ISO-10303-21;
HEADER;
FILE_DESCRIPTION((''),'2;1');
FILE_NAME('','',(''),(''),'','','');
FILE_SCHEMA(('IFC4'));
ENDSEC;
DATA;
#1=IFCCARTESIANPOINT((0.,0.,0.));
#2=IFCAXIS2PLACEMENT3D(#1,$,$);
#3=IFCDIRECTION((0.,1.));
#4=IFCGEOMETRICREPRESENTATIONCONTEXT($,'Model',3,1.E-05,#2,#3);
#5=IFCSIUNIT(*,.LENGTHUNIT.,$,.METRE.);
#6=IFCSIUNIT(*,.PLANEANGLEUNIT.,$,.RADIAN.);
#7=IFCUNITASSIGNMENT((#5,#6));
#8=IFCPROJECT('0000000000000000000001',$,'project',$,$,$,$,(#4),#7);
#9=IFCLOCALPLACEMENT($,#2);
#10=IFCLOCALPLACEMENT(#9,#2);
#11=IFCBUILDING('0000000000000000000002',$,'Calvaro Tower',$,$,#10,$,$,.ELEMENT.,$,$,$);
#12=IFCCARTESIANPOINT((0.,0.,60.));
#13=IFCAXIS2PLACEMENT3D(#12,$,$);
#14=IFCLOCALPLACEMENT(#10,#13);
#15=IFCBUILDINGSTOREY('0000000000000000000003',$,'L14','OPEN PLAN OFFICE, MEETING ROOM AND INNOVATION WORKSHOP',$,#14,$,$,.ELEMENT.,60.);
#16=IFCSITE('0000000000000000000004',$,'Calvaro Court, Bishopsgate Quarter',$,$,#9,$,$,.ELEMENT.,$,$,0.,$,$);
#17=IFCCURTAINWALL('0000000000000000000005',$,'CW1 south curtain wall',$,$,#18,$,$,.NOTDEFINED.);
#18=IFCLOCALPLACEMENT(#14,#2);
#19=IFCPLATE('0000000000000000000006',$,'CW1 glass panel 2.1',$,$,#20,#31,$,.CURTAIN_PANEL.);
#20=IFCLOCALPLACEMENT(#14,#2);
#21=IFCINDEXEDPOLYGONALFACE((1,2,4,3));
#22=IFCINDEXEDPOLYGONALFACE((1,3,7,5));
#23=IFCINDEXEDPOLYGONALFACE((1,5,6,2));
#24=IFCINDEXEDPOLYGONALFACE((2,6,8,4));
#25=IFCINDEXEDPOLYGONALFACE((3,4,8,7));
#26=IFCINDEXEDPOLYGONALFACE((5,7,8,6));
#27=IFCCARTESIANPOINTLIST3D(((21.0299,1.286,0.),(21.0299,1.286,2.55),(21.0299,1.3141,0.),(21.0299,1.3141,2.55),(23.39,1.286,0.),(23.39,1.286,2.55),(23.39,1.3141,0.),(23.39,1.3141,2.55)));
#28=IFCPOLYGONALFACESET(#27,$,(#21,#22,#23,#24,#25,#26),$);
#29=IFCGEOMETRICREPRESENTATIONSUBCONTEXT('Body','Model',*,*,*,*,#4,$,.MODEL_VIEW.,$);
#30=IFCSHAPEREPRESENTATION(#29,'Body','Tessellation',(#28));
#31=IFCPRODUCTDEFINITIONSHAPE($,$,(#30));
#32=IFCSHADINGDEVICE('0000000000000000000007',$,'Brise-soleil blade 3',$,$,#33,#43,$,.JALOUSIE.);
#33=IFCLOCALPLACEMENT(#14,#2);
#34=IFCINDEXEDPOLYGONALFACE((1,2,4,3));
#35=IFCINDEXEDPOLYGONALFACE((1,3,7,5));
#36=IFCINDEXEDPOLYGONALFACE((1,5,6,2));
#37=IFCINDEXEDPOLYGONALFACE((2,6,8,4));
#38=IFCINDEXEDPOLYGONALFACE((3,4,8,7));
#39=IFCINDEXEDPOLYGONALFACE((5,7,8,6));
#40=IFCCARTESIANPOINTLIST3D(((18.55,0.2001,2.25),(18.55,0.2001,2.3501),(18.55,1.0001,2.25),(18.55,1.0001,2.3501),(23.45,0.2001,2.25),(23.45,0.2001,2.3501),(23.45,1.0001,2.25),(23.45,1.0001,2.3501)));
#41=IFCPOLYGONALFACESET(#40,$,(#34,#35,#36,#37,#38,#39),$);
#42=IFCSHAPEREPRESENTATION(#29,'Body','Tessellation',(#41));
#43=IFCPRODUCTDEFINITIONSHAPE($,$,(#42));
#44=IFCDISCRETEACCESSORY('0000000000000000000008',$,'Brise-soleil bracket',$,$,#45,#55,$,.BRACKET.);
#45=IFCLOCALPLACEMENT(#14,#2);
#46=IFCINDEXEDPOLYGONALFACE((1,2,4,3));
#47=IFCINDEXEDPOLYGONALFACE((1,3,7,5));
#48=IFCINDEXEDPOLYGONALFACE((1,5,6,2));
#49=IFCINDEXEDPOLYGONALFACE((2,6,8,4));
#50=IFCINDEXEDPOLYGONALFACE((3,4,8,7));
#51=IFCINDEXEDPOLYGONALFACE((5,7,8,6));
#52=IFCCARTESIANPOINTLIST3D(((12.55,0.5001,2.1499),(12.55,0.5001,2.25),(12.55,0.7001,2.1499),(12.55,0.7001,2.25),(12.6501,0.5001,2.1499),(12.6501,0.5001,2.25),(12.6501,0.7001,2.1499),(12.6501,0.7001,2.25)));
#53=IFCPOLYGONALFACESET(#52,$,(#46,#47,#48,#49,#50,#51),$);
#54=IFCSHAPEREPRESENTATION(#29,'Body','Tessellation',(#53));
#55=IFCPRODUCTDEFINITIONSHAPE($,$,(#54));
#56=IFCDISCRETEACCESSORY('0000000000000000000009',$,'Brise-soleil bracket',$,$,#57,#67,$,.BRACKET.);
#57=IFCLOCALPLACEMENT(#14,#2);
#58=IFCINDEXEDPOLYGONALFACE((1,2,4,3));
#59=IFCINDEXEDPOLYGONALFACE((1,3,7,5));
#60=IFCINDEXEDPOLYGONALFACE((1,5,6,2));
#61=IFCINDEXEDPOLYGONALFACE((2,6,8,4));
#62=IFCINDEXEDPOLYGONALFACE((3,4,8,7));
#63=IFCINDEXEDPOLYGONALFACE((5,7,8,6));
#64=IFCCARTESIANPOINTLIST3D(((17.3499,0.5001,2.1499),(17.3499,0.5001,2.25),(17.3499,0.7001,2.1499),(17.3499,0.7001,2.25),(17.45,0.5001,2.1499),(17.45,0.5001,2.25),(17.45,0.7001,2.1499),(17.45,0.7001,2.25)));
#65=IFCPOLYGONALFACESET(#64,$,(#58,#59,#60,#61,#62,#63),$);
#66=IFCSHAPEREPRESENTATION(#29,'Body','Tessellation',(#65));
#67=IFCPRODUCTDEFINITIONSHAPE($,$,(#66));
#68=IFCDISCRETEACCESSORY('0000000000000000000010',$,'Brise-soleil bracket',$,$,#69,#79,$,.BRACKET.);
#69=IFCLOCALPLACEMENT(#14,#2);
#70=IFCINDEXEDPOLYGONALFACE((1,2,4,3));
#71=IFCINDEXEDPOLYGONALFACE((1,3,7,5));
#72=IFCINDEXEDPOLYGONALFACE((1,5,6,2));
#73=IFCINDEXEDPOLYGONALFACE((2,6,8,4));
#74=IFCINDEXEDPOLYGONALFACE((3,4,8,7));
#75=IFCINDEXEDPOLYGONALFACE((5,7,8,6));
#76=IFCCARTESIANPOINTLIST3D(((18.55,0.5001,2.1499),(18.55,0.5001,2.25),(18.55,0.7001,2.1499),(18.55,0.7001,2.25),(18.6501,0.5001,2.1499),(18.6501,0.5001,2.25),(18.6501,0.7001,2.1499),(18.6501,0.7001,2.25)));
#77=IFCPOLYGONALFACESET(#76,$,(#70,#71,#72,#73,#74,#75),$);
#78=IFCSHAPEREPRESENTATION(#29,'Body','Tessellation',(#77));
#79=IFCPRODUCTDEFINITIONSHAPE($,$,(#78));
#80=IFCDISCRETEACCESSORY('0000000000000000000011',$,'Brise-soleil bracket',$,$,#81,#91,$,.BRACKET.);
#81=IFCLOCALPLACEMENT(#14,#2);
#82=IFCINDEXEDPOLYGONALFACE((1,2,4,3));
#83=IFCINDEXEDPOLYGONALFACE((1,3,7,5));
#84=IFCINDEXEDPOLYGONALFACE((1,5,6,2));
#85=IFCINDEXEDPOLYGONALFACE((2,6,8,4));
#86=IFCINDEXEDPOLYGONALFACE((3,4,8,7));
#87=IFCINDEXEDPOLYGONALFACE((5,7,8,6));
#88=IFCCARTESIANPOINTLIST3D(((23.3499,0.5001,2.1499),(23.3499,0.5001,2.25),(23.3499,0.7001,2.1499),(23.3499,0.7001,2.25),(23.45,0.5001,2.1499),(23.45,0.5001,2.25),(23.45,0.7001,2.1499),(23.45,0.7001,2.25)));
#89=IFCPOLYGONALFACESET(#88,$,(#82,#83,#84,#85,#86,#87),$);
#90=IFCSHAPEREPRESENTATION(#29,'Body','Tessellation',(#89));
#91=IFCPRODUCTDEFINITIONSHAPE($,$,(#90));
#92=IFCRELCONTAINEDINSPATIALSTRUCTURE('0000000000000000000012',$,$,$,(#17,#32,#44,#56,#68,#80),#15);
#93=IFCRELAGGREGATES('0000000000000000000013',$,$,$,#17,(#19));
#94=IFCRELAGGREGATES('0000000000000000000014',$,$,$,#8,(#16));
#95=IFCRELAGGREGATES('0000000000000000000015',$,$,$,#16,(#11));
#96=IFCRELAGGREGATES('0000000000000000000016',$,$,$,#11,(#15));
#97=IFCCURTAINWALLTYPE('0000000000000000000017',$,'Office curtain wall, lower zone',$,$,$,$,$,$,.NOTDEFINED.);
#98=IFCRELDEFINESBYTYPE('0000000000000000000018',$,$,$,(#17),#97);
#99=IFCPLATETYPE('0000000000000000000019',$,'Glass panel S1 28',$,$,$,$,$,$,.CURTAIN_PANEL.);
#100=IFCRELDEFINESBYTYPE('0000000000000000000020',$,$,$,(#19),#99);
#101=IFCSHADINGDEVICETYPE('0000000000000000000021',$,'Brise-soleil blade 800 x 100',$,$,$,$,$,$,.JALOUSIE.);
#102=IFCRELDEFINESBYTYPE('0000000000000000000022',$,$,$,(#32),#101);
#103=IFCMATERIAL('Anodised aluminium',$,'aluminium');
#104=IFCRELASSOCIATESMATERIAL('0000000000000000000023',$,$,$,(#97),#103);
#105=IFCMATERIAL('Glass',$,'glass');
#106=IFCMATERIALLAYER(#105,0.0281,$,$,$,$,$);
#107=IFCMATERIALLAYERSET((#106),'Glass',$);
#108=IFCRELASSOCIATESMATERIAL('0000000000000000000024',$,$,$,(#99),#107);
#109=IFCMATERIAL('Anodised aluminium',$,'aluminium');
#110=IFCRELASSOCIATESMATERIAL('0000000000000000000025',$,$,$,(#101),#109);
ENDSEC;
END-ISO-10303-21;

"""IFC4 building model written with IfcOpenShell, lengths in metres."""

from ifc_helpers import new_model, si_unit, direction, frame, origin, origin_2d, place, context, subcontext, project, spatial, rectangle, extrude, material, layer, layer_set, material_profile, profile_set, type_object, element, aggregate, save


model = new_model("IFC4")

# Units and contexts
model_context = context("Model", 3, precision=1e-05, world=origin(), true_north=direction((0.0, 1.0)))
body_context = subcontext(model_context, "Body", "Model", "MODEL_VIEW")
ifc_project = project(units=[si_unit("LENGTHUNIT", "METRE"), si_unit("PLANEANGLEUNIT", "RADIAN")], contexts=[model_context])

# Site, building, storey
site_placement = place(None, origin())
site = spatial("IfcSite", under=ifc_project, at=site_placement, Name="Calvaro Court, Bishopsgate Quarter", CompositionType="ELEMENT", RefElevation=0.0)
building_placement = place(site_placement, origin())
building = spatial("IfcBuilding", under=site, at=building_placement, Name="Calvaro Tower", CompositionType="ELEMENT")
storey_placement = place(building_placement, frame((0.0, 0.0, 60.0)))
storey = spatial("IfcBuildingStorey", under=building, at=storey_placement, Name="L14", Description="OPEN PLAN OFFICE, MEETING ROOM AND INNOVATION WORKSHOP", CompositionType="ELEMENT", Elevation=60.0)

# Curtain wall
ifc_material_1 = material(Name="Anodised aluminium", Category="aluminium")
curtain_wall_type = type_object("IfcCurtainWallType", Name="Office curtain wall, lower zone", PredefinedType="NOTDEFINED", material=ifc_material_1)
curtain_wall_1_placement = place(storey_placement, origin())
curtain_wall_1 = element("IfcCurtainWall", 1, at=curtain_wall_1_placement, inside=storey, type_object=curtain_wall_type, Name="CW1 south curtain wall", PredefinedType="NOTDEFINED")

# Plate
ifc_material_2 = material(Name="Glass", Category="glass")
ifc_layer = layer(ifc_material_2, 0.0281)
ifc_layer_set = layer_set([ifc_layer], Name="Glass")
plate_type = type_object("IfcPlateType", Name="Glass panel S1 28", PredefinedType="CURTAIN_PANEL", material=ifc_layer_set)
plate_1_placement = place(storey_placement, frame((22.21, 1.3, 0.0), z_axis=(0.0, 0.0, 1.0), x_axis=(1.0, 0.0, 0.0)))
plate_1 = element("IfcPlate", 2, at=plate_1_placement, type_object=plate_type, Name="CW1 glass panel 2.1", PredefinedType="CURTAIN_PANEL", context=body_context, shape_type="SweptSolid", body=[
    extrude(rectangle(XDim=2.3601, YDim=0.0281, at=origin_2d()), origin(), (0.0, 0.0, 1.0), 2.55),
])
aggregate(curtain_wall_1, [plate_1])

# Shading device
ifc_material_3 = material(Name="Anodised aluminium", Category="aluminium")
ifc_material_profile_1 = material_profile(ifc_material_3, rectangle(XDim=0.8, YDim=0.1001, at=origin_2d()), Name="Brise-soleil blade 800 x 100")
ifc_profile_set_1 = profile_set([ifc_material_profile_1], Name="Anodised aluminium")
shading_device_type = type_object("IfcShadingDeviceType", Name="Brise-soleil blade 800 x 100", PredefinedType="JALOUSIE", material=ifc_profile_set_1)
shading_device_placement = place(storey_placement, frame((18.55, 0.6001, 2.3), z_axis=(1.0, 0.0, 0.0), x_axis=(0.0, 1.0, 0.0)))
element("IfcShadingDevice", 3, at=shading_device_placement, inside=storey, type_object=shading_device_type, Name="Brise-soleil blade 3", PredefinedType="JALOUSIE", context=body_context, shape_type="SweptSolid", body=[
    extrude(rectangle(XDim=0.8, YDim=0.1001, at=origin_2d()), origin(), (0.0, 0.0, 1.0), 4.8999),
])

# Discrete accessories
for number, where, z_axis, x_axis, name in (
    (4, (12.6001, 0.6001, 2.1499), (0.0, 0.0, 1.0), (1.0, 0.0, 0.0), "Brise-soleil bracket"),
    (5, (17.3999, 0.6001, 2.1499), (0.0, 0.0, 1.0), (1.0, 0.0, 0.0), "Brise-soleil bracket"),
    (6, (18.6001, 0.6001, 2.1499), (0.0, 0.0, 1.0), (1.0, 0.0, 0.0), "Brise-soleil bracket"),
    (7, (23.3999, 0.6001, 2.1499), (0.0, 0.0, 1.0), (1.0, 0.0, 0.0), "Brise-soleil bracket"),
):
    element("IfcDiscreteAccessory", number, at=place(storey_placement, frame(where, z_axis=z_axis, x_axis=x_axis)), inside=storey, Name=name, PredefinedType="BRACKET", context=body_context, shape_type="SweptSolid", body=[
        extrude(rectangle(XDim=0.1001, YDim=0.2, at=origin_2d()), origin(), (0.0, 0.0, 1.0), 0.1001),
    ])

save(model, "model.ifc")
